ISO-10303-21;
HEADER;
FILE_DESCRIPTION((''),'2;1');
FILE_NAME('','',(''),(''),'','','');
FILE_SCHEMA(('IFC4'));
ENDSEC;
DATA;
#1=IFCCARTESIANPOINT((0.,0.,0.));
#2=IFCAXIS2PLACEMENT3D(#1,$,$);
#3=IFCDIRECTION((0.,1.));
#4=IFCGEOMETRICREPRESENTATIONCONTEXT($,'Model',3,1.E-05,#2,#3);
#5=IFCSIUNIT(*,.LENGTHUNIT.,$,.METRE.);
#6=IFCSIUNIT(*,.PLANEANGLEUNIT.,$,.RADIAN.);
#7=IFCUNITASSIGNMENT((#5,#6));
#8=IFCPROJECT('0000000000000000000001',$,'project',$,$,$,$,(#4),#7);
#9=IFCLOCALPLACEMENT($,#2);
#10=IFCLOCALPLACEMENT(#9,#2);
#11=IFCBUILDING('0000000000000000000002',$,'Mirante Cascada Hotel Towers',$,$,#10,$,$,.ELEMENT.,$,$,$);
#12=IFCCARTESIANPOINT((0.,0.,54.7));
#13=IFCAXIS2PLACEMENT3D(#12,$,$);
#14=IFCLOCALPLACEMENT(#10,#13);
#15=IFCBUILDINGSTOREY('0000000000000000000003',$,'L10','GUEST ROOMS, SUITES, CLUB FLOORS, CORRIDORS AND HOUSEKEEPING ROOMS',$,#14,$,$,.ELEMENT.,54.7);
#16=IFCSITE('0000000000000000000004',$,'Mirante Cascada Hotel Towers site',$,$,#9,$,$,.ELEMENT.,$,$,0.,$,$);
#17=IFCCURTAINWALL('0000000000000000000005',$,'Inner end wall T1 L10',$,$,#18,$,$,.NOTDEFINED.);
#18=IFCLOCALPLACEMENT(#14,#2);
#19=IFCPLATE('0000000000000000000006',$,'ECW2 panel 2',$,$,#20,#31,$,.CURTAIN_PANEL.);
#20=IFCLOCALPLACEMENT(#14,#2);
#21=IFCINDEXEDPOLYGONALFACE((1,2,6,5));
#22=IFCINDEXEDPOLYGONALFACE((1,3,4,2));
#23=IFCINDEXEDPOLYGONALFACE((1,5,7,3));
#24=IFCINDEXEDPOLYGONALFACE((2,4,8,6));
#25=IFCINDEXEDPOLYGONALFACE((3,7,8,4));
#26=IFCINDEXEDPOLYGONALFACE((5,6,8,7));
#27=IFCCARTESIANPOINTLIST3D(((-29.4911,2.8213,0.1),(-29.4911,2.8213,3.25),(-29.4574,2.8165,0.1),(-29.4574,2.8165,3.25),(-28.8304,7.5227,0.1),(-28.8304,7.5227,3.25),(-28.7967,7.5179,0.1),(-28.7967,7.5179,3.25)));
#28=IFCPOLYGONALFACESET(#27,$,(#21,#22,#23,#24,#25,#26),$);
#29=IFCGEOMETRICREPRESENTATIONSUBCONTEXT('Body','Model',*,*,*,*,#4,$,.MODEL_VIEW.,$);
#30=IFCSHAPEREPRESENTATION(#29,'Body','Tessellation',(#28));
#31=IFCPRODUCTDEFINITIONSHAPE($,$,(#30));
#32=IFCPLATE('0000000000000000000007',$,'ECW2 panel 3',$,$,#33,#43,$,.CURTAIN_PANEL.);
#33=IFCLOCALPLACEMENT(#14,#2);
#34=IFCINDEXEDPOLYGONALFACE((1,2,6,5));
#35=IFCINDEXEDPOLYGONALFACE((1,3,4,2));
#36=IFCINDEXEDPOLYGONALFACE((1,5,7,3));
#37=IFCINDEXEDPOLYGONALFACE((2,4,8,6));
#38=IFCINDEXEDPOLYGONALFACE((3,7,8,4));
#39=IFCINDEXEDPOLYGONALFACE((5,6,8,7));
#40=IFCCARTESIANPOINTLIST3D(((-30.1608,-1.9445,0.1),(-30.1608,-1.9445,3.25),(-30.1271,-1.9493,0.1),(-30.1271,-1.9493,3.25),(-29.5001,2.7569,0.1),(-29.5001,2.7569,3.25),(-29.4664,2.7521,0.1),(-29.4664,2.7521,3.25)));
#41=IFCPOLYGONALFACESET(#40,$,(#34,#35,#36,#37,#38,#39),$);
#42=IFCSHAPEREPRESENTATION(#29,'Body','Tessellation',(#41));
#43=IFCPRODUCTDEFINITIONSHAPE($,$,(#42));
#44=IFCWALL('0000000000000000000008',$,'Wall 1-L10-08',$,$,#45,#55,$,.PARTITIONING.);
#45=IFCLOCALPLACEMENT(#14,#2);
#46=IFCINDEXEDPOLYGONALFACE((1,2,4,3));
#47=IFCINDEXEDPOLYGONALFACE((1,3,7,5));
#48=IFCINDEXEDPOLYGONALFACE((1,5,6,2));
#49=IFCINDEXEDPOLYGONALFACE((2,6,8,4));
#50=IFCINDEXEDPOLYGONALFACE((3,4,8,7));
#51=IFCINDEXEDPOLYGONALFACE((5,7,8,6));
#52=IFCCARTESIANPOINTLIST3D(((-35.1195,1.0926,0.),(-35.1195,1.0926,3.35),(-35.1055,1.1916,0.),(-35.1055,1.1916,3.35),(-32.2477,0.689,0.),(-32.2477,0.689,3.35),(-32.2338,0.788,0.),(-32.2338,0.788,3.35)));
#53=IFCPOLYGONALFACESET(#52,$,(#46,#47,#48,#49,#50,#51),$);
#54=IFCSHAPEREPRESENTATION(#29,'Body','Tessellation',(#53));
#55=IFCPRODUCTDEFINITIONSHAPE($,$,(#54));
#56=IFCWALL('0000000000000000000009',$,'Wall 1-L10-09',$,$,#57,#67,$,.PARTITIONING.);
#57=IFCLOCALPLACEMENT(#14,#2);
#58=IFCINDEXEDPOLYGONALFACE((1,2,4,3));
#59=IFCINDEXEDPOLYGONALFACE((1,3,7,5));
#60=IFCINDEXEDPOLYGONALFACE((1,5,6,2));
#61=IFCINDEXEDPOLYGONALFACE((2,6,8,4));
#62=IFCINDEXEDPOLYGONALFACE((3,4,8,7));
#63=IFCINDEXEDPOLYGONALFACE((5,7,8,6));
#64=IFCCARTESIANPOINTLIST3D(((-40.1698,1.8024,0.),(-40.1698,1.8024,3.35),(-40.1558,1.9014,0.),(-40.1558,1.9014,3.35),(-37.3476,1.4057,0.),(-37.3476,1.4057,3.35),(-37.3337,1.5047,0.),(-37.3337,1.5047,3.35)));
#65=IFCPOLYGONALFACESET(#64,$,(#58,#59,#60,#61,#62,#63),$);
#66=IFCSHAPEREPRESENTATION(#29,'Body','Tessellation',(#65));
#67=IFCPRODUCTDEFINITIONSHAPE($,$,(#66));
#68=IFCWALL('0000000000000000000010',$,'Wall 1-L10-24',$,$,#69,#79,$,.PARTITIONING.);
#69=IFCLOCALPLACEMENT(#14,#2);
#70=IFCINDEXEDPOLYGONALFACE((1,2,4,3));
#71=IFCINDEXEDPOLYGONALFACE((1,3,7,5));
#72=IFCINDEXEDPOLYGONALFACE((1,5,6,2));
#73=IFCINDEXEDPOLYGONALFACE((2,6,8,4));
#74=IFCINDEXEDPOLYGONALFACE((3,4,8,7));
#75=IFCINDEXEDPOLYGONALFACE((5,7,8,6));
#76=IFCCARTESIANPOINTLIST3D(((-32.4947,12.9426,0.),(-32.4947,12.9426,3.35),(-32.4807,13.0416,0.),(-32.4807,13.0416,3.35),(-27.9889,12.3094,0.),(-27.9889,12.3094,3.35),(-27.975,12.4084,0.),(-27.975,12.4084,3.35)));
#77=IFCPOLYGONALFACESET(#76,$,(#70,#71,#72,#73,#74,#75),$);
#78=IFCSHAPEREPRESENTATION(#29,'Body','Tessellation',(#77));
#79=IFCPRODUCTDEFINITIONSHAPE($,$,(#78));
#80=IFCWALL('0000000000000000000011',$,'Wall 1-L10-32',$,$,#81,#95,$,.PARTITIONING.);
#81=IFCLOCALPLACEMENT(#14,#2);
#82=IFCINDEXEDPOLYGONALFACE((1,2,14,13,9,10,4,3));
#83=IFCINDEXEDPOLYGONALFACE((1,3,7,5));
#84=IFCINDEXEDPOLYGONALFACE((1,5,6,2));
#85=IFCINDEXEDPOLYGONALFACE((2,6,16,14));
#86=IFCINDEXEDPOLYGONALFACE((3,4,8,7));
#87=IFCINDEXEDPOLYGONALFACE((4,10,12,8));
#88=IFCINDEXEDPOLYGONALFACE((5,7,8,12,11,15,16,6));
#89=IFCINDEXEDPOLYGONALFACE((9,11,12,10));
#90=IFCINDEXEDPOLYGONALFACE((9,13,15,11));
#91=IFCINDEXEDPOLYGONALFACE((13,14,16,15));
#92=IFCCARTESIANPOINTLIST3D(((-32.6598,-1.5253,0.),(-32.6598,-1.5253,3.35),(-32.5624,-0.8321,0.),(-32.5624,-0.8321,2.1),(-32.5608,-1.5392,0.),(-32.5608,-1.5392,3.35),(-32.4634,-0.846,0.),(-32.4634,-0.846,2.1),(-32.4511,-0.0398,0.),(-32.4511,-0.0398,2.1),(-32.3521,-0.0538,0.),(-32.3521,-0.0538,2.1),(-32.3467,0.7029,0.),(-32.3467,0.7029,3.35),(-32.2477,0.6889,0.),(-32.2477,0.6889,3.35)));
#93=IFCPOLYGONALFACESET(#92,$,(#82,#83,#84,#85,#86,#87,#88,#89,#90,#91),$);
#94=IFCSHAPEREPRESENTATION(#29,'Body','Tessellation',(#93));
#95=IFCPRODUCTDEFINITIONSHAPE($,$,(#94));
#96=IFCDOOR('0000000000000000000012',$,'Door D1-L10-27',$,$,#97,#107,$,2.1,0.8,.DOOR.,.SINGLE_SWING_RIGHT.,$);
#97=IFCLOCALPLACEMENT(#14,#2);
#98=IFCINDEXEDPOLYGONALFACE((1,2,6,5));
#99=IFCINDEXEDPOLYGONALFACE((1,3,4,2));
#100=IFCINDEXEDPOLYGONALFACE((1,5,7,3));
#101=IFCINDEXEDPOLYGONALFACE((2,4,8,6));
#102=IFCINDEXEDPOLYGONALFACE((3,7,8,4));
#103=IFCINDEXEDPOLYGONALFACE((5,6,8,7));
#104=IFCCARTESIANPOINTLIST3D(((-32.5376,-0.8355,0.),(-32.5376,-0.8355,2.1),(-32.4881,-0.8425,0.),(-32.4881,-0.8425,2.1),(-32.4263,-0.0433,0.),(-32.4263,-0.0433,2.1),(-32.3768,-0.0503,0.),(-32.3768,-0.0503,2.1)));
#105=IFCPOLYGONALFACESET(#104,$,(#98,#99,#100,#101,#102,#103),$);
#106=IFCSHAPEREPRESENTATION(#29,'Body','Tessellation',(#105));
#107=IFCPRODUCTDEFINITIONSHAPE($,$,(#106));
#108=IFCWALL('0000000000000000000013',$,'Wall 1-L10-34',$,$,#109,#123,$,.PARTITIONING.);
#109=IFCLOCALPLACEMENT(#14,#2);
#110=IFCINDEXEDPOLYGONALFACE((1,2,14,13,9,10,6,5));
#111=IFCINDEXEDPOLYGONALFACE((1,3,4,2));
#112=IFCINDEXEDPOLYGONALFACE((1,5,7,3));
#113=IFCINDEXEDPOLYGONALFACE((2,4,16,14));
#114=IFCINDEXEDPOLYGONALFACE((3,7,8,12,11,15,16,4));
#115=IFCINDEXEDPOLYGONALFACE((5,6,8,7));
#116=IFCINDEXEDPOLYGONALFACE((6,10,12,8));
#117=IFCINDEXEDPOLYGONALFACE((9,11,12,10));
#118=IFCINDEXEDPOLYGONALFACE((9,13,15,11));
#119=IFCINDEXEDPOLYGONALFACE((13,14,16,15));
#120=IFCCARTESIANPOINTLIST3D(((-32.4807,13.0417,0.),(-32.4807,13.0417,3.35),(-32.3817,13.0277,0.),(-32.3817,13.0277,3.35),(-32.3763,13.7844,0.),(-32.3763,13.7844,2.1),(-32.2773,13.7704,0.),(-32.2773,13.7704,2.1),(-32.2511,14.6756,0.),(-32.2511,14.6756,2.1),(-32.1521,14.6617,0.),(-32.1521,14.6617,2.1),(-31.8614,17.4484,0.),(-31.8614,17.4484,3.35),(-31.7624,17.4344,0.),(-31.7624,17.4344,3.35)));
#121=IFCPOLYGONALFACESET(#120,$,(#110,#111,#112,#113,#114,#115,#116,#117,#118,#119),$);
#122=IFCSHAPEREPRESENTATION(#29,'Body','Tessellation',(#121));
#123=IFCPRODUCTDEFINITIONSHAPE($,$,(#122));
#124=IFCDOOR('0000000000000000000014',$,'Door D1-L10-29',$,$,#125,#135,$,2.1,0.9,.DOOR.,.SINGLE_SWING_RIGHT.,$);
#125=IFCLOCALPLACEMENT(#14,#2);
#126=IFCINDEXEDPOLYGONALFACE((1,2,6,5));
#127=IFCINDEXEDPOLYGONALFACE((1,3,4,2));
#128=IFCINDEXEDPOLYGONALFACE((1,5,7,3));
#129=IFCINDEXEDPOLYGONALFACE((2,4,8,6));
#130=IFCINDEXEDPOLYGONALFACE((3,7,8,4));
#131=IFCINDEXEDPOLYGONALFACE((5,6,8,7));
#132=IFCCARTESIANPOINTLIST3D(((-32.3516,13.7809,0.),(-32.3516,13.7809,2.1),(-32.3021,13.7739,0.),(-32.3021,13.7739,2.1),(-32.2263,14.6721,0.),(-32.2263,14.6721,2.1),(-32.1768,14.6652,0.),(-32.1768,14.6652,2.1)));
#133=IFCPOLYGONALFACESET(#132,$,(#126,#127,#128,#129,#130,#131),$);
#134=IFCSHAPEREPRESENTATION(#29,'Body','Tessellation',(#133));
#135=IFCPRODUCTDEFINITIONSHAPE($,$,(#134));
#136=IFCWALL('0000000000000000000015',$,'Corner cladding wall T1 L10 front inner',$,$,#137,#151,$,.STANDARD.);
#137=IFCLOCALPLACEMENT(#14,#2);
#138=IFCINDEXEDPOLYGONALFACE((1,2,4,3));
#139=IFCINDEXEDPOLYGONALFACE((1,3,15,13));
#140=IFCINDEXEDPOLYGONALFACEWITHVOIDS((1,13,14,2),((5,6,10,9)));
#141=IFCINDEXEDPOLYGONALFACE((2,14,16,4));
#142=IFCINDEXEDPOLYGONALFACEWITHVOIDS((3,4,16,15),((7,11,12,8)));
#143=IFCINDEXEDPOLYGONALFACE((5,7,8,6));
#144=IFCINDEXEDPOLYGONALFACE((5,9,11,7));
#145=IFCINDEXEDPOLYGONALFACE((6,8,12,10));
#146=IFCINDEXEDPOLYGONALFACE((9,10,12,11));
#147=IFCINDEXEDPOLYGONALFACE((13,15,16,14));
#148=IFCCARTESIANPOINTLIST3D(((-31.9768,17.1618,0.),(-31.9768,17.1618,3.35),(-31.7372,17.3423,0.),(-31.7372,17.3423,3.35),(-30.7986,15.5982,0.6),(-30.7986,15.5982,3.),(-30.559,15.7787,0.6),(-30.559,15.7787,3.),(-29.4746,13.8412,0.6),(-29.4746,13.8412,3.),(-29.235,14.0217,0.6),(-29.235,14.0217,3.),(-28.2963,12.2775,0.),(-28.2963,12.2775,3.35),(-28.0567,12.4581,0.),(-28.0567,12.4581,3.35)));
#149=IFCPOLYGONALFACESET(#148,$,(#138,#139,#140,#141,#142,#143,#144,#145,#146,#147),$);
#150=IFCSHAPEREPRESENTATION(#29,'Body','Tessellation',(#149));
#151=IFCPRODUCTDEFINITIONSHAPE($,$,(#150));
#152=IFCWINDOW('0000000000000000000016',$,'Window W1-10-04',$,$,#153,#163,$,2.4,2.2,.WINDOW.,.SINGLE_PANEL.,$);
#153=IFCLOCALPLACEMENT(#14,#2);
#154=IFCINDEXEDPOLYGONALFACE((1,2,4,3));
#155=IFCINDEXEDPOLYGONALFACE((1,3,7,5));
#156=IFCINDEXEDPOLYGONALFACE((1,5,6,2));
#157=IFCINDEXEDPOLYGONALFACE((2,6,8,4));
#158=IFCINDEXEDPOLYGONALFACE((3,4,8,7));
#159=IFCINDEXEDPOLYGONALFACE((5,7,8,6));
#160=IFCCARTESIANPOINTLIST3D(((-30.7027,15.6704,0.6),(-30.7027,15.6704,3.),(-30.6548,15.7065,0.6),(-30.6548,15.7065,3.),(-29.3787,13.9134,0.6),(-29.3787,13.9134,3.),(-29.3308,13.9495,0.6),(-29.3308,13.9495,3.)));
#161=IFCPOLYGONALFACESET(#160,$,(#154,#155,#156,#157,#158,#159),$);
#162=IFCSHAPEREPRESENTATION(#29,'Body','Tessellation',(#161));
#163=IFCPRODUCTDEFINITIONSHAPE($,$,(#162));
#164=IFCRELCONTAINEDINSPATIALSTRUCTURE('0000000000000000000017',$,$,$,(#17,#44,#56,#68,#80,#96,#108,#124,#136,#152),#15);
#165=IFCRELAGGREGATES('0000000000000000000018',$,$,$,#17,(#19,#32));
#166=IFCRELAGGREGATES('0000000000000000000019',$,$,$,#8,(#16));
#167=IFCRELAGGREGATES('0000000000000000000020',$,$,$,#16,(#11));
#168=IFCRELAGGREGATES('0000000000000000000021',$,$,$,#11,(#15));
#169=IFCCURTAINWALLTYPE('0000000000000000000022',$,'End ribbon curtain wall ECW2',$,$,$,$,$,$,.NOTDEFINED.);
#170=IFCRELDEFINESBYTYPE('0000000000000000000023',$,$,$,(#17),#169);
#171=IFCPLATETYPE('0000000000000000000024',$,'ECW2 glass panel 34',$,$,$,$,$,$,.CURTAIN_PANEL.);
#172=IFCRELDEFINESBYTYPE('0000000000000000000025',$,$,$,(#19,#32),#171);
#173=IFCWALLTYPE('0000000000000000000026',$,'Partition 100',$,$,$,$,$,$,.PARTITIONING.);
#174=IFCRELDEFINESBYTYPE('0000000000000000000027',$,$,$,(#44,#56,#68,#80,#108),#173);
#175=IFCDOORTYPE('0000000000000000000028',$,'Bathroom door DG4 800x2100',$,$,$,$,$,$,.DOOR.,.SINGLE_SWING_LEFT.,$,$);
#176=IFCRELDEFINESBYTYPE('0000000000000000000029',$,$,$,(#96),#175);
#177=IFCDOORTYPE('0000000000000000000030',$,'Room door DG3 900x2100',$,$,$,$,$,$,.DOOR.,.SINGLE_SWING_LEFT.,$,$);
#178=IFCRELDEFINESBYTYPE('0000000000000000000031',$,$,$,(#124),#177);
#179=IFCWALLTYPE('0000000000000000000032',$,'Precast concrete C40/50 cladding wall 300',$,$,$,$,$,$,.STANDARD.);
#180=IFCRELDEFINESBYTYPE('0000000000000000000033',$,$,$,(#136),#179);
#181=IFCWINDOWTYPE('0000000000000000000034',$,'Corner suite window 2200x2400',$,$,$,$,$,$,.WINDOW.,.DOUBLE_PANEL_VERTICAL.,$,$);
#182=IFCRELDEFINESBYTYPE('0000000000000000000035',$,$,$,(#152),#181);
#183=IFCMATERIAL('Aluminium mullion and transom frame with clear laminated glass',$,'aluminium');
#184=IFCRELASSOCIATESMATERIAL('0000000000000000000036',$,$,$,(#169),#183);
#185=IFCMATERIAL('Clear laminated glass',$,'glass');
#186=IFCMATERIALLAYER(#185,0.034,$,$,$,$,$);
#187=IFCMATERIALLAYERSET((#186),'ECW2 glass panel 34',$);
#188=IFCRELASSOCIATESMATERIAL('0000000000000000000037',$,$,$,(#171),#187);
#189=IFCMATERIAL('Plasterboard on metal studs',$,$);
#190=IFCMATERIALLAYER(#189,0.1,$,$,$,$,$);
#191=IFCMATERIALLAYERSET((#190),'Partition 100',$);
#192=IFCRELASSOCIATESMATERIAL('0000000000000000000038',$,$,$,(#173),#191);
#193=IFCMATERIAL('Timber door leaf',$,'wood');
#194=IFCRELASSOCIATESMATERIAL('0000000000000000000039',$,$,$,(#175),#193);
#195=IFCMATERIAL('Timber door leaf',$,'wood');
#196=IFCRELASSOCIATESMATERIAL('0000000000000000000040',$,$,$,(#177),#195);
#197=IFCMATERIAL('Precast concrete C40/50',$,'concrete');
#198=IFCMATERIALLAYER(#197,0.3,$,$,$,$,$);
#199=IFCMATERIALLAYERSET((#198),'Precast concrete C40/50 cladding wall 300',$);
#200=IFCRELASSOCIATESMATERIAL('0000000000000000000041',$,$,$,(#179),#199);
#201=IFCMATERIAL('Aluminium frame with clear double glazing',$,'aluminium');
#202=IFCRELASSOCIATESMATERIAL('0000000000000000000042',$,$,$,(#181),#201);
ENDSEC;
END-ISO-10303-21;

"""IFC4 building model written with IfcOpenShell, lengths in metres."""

from ifc_helpers import new_model, si_unit, direction, frame, frame_2d, origin, origin_2d, place, context, subcontext, project, spatial, rectangle, extrude, material, layer, layer_set, type_object, element, fill, aggregate, save


model = new_model("IFC4")

# Units and contexts
model_context = context("Model", 3, precision=1e-05, world=origin(), true_north=direction((0.0, 1.0)))
body_context = subcontext(model_context, "Body", "Model", "MODEL_VIEW")
ifc_project = project(units=[si_unit("LENGTHUNIT", "METRE"), si_unit("PLANEANGLEUNIT", "RADIAN")], contexts=[model_context])

# Site, building, storey
site_placement = place(None, origin())
site = spatial("IfcSite", under=ifc_project, at=site_placement, Name="Mirante Cascada Hotel Towers site", CompositionType="ELEMENT", RefElevation=0.0)
building_placement = place(site_placement, origin())
building = spatial("IfcBuilding", under=site, at=building_placement, Name="Mirante Cascada Hotel Towers", CompositionType="ELEMENT")
storey_placement = place(building_placement, frame((0.0, 0.0, 54.7)))
storey = spatial("IfcBuildingStorey", under=building, at=storey_placement, Name="L10", Description="GUEST ROOMS, SUITES, CLUB FLOORS, CORRIDORS AND HOUSEKEEPING ROOMS", CompositionType="ELEMENT", Elevation=54.7)

# Curtain wall
ifc_material_1 = material(Name="Aluminium mullion and transom frame with clear laminated glass", Category="aluminium")
curtain_wall_type_1 = type_object("IfcCurtainWallType", Name="End ribbon curtain wall ECW2", PredefinedType="NOTDEFINED", material=ifc_material_1)
curtain_wall_1_placement = place(storey_placement, origin())
curtain_wall_1 = element("IfcCurtainWall", 1, at=curtain_wall_1_placement, inside=storey, type_object=curtain_wall_type_1, Name="Inner end wall T1 L10", PredefinedType="NOTDEFINED")

# Plates
ifc_material_2 = material(Name="Clear laminated glass", Category="glass")
ifc_layer_1 = layer(ifc_material_2, 0.034)
ifc_layer_set_1 = layer_set([ifc_layer_1], Name="ECW2 glass panel 34")
plate_type_1 = type_object("IfcPlateType", Name="ECW2 glass panel 34", PredefinedType="CURTAIN_PANEL", material=ifc_layer_set_1)
plate_1_placement = place(storey_placement, frame((-29.1439, 5.1696, 0.1), z_axis=(0.0, 0.0, 1.0), x_axis=(-0.139173, -0.990268, 0.0)))
plate_1 = element("IfcPlate", 2, at=plate_1_placement, type_object=plate_type_1, Name="ECW2 panel 2", PredefinedType="CURTAIN_PANEL", context=body_context, shape_type="SweptSolid", body=[
    extrude(rectangle(XDim=4.7476, YDim=0.034, at=origin_2d()), origin(), (0.0, 0.0, 1.0), 3.15),
])
plate_2_placement = place(storey_placement, frame((-29.8136, 0.4038, 0.1), z_axis=(0.0, 0.0, 1.0), x_axis=(-0.139173, -0.990268, 0.0)))
plate_2 = element("IfcPlate", 3, at=plate_2_placement, type_object=plate_type_1, Name="ECW2 panel 3", PredefinedType="CURTAIN_PANEL", context=body_context, shape_type="SweptSolid", body=[
    extrude(rectangle(XDim=4.7476, YDim=0.034, at=origin_2d()), origin(), (0.0, 0.0, 1.0), 3.15),
])
aggregate(curtain_wall_1, [plate_1, plate_2])

# Walls
ifc_material_3 = material(Name="Plasterboard on metal studs")
ifc_layer_2 = layer(ifc_material_3, 0.1)
ifc_layer_set_2 = layer_set([ifc_layer_2], Name="Partition 100")
wall_type_1 = type_object("IfcWallType", Name="Partition 100", PredefinedType="PARTITIONING", material=ifc_layer_set_2)
wall_1_placement = place(storey_placement, frame((-35.1125, 1.1421, 0.0), z_axis=(0.0, 0.0, 1.0), x_axis=(0.990268, -0.139171, 0.0)))
element("IfcWall", 4, at=wall_1_placement, inside=storey, type_object=wall_type_1, Name="Wall 1-L10-08", PredefinedType="PARTITIONING", context=body_context, shape_type="SweptSolid", body=[
    extrude(rectangle(XDim=2.9, YDim=0.1, at=frame_2d((1.45, 0.0))), origin(), (0.0, 0.0, 1.0), 3.35),
])
wall_2_placement = place(storey_placement, frame((-37.3406, 1.4552, 0.0), z_axis=(0.0, 0.0, 1.0), x_axis=(-0.990265, 0.139196, 0.0)))
element("IfcWall", 5, at=wall_2_placement, inside=storey, type_object=wall_type_1, Name="Wall 1-L10-09", PredefinedType="PARTITIONING", context=body_context, shape_type="SweptSolid", body=[
    extrude(rectangle(XDim=2.8499, YDim=0.1, at=frame_2d((1.425, 0.0))), origin(), (0.0, 0.0, 1.0), 3.35),
])
wall_3_placement = place(storey_placement, frame((-32.4877, 12.9921, 0.0), z_axis=(0.0, 0.0, 1.0), x_axis=(0.990269, -0.139166, 0.0)))
element("IfcWall", 6, at=wall_3_placement, inside=storey, type_object=wall_type_1, Name="Wall 1-L10-24", PredefinedType="PARTITIONING", context=body_context, shape_type="SweptSolid", body=[
    extrude(rectangle(XDim=4.55, YDim=0.1, at=frame_2d((2.275, 0.0))), origin(), (0.0, 0.0, 1.0), 3.35),
])

# Walls, openings, doors
wall_4_placement = place(storey_placement, frame((-32.2972, 0.6959, 0.0), z_axis=(0.0, 0.0, 1.0), x_axis=(-0.139156, -0.990271, 0.0)))
wall_4 = element("IfcWall", 7, at=wall_4_placement, inside=storey, type_object=wall_type_1, Name="Wall 1-L10-32", PredefinedType="PARTITIONING", context=body_context, shape_type="SweptSolid", body=[
    extrude(rectangle(XDim=2.25, YDim=0.1, at=frame_2d((1.125, 0.0))), origin(), (0.0, 0.0, 1.0), 3.35),
])
opening_1_placement = place(wall_4_placement, frame((0.75, 0.0, 0.0)))
opening_1 = element("IfcOpeningElement", 8, at=opening_1_placement, cuts=wall_4, PredefinedType="OPENING", context=body_context, shape_type="SweptSolid", body=[
    extrude(rectangle(XDim=0.8, YDim=2.1, at=frame_2d((0.4, 1.05))), frame((0.0, 0.05, 0.0), z_axis=(0.0, -1.0, 0.0), x_axis=(1.0, 0.0, 0.0)), (0.0, 0.0, 1.0), 0.1),
])
ifc_material_4 = material(Name="Timber door leaf", Category="wood")
door_type_1 = type_object("IfcDoorType", Name="Bathroom door DG4 800x2100", OperationType="SINGLE_SWING_LEFT", PredefinedType="DOOR", material=ifc_material_4)
door_1_placement = place(opening_1_placement, frame((0.8, 0.0, 0.0), z_axis=(0.0, 0.0, 1.0), x_axis=(-1.0, 0.0, 0.0)))
door_1 = element("IfcDoor", 9, at=door_1_placement, inside=storey, type_object=door_type_1, Name="Door D1-L10-27", OperationType="SINGLE_SWING_RIGHT", OverallHeight=2.1, OverallWidth=0.8, PredefinedType="DOOR", context=body_context, shape_type="SweptSolid", body=[
    extrude(rectangle(XDim=0.8, YDim=2.1, at=frame_2d((0.4, 1.05))), frame((0.0, 0.025, 0.0), z_axis=(0.0, -1.0, 0.0), x_axis=(1.0, 0.0, 0.0)), (0.0, 0.0, 1.0), 0.05),
])
fill(opening_1, door_1)
wall_5_placement = place(storey_placement, frame((-31.8119, 17.4414, 0.0), z_axis=(0.0, 0.0, 1.0), x_axis=(-0.139168, -0.990269, 0.0)))
wall_5 = element("IfcWall", 10, at=wall_5_placement, inside=storey, type_object=wall_type_1, Name="Wall 1-L10-34", PredefinedType="PARTITIONING", context=body_context, shape_type="SweptSolid", body=[
    extrude(rectangle(XDim=4.45, YDim=0.1, at=frame_2d((2.225, 0.0))), origin(), (0.0, 0.0, 1.0), 3.35),
])
opening_2_placement = place(wall_5_placement, frame((2.8, 0.0, 0.0)))
opening_2 = element("IfcOpeningElement", 11, at=opening_2_placement, cuts=wall_5, PredefinedType="OPENING", context=body_context, shape_type="SweptSolid", body=[
    extrude(rectangle(XDim=0.9, YDim=2.1, at=frame_2d((0.45, 1.05))), frame((0.0, 0.05, 0.0), z_axis=(0.0, -1.0, 0.0), x_axis=(1.0, 0.0, 0.0)), (0.0, 0.0, 1.0), 0.1),
])
ifc_material_5 = material(Name="Timber door leaf", Category="wood")
door_type_2 = type_object("IfcDoorType", Name="Room door DG3 900x2100", OperationType="SINGLE_SWING_LEFT", PredefinedType="DOOR", material=ifc_material_5)
door_2_placement = place(opening_2_placement, frame((0.9, 0.0, 0.0), z_axis=(0.0, 0.0, 1.0), x_axis=(-1.0, 0.0, 0.0)))
door_2 = element("IfcDoor", 12, at=door_2_placement, inside=storey, type_object=door_type_2, Name="Door D1-L10-29", OperationType="SINGLE_SWING_RIGHT", OverallHeight=2.1, OverallWidth=0.9, PredefinedType="DOOR", context=body_context, shape_type="SweptSolid", body=[
    extrude(rectangle(XDim=0.9, YDim=2.1, at=frame_2d((0.45, 1.05))), frame((0.0, 0.025, 0.0), z_axis=(0.0, -1.0, 0.0), x_axis=(1.0, 0.0, 0.0)), (0.0, 0.0, 1.0), 0.05),
])
fill(opening_2, door_2)

# Wall, opening, window
ifc_material_6 = material(Name="Precast concrete C40/50", Category="concrete")
ifc_layer_3 = layer(ifc_material_6, 0.3)
ifc_layer_set_3 = layer_set([ifc_layer_3], Name="Precast concrete C40/50 cladding wall 300")
wall_type_2 = type_object("IfcWallType", Name="Precast concrete C40/50 cladding wall 300", PredefinedType="STANDARD", material=ifc_layer_set_3)
wall_6_placement = place(storey_placement, frame((-31.857, 17.252, 0.0), z_axis=(0.0, 0.0, 1.0), x_axis=(0.601814, -0.798636, 0.0)))
wall_6 = element("IfcWall", 13, at=wall_6_placement, inside=storey, type_object=wall_type_2, Name="Corner cladding wall T1 L10 front inner", PredefinedType="STANDARD", context=body_context, shape_type="SweptSolid", body=[
    extrude(rectangle(XDim=6.1157, YDim=0.3, at=frame_2d((3.0578, 0.0))), origin(), (0.0, 0.0, 1.0), 3.35),
])
opening_3_placement = place(wall_6_placement, frame((1.9578, 0.0, 0.6)))
opening_3 = element("IfcOpeningElement", 14, at=opening_3_placement, cuts=wall_6, PredefinedType="OPENING", context=body_context, shape_type="SweptSolid", body=[
    extrude(rectangle(XDim=2.2, YDim=2.4, at=frame_2d((1.1, 1.2))), frame((0.0, 0.15, 0.0), z_axis=(0.0, -1.0, 0.0), x_axis=(1.0, 0.0, 0.0)), (0.0, 0.0, 1.0), 0.3),
])
ifc_material_7 = material(Name="Aluminium frame with clear double glazing", Category="aluminium")
window_type = type_object("IfcWindowType", Name="Corner suite window 2200x2400", PartitioningType="DOUBLE_PANEL_VERTICAL", PredefinedType="WINDOW", material=ifc_material_7)
window_placement = place(opening_3_placement, origin())
window = element("IfcWindow", 15, at=window_placement, inside=storey, type_object=window_type, Name="Window W1-10-04", OverallHeight=2.4, OverallWidth=2.2, PartitioningType="SINGLE_PANEL", PredefinedType="WINDOW", context=body_context, shape_type="SweptSolid", body=[
    extrude(rectangle(XDim=2.2, YDim=2.4, at=frame_2d((1.1, 1.2))), frame((0.0, 0.03, 0.0), z_axis=(0.0, -1.0, 0.0), x_axis=(1.0, 0.0, 0.0)), (0.0, 0.0, 1.0), 0.06),
])
fill(opening_3, window)

save(model, "model.ifc")
